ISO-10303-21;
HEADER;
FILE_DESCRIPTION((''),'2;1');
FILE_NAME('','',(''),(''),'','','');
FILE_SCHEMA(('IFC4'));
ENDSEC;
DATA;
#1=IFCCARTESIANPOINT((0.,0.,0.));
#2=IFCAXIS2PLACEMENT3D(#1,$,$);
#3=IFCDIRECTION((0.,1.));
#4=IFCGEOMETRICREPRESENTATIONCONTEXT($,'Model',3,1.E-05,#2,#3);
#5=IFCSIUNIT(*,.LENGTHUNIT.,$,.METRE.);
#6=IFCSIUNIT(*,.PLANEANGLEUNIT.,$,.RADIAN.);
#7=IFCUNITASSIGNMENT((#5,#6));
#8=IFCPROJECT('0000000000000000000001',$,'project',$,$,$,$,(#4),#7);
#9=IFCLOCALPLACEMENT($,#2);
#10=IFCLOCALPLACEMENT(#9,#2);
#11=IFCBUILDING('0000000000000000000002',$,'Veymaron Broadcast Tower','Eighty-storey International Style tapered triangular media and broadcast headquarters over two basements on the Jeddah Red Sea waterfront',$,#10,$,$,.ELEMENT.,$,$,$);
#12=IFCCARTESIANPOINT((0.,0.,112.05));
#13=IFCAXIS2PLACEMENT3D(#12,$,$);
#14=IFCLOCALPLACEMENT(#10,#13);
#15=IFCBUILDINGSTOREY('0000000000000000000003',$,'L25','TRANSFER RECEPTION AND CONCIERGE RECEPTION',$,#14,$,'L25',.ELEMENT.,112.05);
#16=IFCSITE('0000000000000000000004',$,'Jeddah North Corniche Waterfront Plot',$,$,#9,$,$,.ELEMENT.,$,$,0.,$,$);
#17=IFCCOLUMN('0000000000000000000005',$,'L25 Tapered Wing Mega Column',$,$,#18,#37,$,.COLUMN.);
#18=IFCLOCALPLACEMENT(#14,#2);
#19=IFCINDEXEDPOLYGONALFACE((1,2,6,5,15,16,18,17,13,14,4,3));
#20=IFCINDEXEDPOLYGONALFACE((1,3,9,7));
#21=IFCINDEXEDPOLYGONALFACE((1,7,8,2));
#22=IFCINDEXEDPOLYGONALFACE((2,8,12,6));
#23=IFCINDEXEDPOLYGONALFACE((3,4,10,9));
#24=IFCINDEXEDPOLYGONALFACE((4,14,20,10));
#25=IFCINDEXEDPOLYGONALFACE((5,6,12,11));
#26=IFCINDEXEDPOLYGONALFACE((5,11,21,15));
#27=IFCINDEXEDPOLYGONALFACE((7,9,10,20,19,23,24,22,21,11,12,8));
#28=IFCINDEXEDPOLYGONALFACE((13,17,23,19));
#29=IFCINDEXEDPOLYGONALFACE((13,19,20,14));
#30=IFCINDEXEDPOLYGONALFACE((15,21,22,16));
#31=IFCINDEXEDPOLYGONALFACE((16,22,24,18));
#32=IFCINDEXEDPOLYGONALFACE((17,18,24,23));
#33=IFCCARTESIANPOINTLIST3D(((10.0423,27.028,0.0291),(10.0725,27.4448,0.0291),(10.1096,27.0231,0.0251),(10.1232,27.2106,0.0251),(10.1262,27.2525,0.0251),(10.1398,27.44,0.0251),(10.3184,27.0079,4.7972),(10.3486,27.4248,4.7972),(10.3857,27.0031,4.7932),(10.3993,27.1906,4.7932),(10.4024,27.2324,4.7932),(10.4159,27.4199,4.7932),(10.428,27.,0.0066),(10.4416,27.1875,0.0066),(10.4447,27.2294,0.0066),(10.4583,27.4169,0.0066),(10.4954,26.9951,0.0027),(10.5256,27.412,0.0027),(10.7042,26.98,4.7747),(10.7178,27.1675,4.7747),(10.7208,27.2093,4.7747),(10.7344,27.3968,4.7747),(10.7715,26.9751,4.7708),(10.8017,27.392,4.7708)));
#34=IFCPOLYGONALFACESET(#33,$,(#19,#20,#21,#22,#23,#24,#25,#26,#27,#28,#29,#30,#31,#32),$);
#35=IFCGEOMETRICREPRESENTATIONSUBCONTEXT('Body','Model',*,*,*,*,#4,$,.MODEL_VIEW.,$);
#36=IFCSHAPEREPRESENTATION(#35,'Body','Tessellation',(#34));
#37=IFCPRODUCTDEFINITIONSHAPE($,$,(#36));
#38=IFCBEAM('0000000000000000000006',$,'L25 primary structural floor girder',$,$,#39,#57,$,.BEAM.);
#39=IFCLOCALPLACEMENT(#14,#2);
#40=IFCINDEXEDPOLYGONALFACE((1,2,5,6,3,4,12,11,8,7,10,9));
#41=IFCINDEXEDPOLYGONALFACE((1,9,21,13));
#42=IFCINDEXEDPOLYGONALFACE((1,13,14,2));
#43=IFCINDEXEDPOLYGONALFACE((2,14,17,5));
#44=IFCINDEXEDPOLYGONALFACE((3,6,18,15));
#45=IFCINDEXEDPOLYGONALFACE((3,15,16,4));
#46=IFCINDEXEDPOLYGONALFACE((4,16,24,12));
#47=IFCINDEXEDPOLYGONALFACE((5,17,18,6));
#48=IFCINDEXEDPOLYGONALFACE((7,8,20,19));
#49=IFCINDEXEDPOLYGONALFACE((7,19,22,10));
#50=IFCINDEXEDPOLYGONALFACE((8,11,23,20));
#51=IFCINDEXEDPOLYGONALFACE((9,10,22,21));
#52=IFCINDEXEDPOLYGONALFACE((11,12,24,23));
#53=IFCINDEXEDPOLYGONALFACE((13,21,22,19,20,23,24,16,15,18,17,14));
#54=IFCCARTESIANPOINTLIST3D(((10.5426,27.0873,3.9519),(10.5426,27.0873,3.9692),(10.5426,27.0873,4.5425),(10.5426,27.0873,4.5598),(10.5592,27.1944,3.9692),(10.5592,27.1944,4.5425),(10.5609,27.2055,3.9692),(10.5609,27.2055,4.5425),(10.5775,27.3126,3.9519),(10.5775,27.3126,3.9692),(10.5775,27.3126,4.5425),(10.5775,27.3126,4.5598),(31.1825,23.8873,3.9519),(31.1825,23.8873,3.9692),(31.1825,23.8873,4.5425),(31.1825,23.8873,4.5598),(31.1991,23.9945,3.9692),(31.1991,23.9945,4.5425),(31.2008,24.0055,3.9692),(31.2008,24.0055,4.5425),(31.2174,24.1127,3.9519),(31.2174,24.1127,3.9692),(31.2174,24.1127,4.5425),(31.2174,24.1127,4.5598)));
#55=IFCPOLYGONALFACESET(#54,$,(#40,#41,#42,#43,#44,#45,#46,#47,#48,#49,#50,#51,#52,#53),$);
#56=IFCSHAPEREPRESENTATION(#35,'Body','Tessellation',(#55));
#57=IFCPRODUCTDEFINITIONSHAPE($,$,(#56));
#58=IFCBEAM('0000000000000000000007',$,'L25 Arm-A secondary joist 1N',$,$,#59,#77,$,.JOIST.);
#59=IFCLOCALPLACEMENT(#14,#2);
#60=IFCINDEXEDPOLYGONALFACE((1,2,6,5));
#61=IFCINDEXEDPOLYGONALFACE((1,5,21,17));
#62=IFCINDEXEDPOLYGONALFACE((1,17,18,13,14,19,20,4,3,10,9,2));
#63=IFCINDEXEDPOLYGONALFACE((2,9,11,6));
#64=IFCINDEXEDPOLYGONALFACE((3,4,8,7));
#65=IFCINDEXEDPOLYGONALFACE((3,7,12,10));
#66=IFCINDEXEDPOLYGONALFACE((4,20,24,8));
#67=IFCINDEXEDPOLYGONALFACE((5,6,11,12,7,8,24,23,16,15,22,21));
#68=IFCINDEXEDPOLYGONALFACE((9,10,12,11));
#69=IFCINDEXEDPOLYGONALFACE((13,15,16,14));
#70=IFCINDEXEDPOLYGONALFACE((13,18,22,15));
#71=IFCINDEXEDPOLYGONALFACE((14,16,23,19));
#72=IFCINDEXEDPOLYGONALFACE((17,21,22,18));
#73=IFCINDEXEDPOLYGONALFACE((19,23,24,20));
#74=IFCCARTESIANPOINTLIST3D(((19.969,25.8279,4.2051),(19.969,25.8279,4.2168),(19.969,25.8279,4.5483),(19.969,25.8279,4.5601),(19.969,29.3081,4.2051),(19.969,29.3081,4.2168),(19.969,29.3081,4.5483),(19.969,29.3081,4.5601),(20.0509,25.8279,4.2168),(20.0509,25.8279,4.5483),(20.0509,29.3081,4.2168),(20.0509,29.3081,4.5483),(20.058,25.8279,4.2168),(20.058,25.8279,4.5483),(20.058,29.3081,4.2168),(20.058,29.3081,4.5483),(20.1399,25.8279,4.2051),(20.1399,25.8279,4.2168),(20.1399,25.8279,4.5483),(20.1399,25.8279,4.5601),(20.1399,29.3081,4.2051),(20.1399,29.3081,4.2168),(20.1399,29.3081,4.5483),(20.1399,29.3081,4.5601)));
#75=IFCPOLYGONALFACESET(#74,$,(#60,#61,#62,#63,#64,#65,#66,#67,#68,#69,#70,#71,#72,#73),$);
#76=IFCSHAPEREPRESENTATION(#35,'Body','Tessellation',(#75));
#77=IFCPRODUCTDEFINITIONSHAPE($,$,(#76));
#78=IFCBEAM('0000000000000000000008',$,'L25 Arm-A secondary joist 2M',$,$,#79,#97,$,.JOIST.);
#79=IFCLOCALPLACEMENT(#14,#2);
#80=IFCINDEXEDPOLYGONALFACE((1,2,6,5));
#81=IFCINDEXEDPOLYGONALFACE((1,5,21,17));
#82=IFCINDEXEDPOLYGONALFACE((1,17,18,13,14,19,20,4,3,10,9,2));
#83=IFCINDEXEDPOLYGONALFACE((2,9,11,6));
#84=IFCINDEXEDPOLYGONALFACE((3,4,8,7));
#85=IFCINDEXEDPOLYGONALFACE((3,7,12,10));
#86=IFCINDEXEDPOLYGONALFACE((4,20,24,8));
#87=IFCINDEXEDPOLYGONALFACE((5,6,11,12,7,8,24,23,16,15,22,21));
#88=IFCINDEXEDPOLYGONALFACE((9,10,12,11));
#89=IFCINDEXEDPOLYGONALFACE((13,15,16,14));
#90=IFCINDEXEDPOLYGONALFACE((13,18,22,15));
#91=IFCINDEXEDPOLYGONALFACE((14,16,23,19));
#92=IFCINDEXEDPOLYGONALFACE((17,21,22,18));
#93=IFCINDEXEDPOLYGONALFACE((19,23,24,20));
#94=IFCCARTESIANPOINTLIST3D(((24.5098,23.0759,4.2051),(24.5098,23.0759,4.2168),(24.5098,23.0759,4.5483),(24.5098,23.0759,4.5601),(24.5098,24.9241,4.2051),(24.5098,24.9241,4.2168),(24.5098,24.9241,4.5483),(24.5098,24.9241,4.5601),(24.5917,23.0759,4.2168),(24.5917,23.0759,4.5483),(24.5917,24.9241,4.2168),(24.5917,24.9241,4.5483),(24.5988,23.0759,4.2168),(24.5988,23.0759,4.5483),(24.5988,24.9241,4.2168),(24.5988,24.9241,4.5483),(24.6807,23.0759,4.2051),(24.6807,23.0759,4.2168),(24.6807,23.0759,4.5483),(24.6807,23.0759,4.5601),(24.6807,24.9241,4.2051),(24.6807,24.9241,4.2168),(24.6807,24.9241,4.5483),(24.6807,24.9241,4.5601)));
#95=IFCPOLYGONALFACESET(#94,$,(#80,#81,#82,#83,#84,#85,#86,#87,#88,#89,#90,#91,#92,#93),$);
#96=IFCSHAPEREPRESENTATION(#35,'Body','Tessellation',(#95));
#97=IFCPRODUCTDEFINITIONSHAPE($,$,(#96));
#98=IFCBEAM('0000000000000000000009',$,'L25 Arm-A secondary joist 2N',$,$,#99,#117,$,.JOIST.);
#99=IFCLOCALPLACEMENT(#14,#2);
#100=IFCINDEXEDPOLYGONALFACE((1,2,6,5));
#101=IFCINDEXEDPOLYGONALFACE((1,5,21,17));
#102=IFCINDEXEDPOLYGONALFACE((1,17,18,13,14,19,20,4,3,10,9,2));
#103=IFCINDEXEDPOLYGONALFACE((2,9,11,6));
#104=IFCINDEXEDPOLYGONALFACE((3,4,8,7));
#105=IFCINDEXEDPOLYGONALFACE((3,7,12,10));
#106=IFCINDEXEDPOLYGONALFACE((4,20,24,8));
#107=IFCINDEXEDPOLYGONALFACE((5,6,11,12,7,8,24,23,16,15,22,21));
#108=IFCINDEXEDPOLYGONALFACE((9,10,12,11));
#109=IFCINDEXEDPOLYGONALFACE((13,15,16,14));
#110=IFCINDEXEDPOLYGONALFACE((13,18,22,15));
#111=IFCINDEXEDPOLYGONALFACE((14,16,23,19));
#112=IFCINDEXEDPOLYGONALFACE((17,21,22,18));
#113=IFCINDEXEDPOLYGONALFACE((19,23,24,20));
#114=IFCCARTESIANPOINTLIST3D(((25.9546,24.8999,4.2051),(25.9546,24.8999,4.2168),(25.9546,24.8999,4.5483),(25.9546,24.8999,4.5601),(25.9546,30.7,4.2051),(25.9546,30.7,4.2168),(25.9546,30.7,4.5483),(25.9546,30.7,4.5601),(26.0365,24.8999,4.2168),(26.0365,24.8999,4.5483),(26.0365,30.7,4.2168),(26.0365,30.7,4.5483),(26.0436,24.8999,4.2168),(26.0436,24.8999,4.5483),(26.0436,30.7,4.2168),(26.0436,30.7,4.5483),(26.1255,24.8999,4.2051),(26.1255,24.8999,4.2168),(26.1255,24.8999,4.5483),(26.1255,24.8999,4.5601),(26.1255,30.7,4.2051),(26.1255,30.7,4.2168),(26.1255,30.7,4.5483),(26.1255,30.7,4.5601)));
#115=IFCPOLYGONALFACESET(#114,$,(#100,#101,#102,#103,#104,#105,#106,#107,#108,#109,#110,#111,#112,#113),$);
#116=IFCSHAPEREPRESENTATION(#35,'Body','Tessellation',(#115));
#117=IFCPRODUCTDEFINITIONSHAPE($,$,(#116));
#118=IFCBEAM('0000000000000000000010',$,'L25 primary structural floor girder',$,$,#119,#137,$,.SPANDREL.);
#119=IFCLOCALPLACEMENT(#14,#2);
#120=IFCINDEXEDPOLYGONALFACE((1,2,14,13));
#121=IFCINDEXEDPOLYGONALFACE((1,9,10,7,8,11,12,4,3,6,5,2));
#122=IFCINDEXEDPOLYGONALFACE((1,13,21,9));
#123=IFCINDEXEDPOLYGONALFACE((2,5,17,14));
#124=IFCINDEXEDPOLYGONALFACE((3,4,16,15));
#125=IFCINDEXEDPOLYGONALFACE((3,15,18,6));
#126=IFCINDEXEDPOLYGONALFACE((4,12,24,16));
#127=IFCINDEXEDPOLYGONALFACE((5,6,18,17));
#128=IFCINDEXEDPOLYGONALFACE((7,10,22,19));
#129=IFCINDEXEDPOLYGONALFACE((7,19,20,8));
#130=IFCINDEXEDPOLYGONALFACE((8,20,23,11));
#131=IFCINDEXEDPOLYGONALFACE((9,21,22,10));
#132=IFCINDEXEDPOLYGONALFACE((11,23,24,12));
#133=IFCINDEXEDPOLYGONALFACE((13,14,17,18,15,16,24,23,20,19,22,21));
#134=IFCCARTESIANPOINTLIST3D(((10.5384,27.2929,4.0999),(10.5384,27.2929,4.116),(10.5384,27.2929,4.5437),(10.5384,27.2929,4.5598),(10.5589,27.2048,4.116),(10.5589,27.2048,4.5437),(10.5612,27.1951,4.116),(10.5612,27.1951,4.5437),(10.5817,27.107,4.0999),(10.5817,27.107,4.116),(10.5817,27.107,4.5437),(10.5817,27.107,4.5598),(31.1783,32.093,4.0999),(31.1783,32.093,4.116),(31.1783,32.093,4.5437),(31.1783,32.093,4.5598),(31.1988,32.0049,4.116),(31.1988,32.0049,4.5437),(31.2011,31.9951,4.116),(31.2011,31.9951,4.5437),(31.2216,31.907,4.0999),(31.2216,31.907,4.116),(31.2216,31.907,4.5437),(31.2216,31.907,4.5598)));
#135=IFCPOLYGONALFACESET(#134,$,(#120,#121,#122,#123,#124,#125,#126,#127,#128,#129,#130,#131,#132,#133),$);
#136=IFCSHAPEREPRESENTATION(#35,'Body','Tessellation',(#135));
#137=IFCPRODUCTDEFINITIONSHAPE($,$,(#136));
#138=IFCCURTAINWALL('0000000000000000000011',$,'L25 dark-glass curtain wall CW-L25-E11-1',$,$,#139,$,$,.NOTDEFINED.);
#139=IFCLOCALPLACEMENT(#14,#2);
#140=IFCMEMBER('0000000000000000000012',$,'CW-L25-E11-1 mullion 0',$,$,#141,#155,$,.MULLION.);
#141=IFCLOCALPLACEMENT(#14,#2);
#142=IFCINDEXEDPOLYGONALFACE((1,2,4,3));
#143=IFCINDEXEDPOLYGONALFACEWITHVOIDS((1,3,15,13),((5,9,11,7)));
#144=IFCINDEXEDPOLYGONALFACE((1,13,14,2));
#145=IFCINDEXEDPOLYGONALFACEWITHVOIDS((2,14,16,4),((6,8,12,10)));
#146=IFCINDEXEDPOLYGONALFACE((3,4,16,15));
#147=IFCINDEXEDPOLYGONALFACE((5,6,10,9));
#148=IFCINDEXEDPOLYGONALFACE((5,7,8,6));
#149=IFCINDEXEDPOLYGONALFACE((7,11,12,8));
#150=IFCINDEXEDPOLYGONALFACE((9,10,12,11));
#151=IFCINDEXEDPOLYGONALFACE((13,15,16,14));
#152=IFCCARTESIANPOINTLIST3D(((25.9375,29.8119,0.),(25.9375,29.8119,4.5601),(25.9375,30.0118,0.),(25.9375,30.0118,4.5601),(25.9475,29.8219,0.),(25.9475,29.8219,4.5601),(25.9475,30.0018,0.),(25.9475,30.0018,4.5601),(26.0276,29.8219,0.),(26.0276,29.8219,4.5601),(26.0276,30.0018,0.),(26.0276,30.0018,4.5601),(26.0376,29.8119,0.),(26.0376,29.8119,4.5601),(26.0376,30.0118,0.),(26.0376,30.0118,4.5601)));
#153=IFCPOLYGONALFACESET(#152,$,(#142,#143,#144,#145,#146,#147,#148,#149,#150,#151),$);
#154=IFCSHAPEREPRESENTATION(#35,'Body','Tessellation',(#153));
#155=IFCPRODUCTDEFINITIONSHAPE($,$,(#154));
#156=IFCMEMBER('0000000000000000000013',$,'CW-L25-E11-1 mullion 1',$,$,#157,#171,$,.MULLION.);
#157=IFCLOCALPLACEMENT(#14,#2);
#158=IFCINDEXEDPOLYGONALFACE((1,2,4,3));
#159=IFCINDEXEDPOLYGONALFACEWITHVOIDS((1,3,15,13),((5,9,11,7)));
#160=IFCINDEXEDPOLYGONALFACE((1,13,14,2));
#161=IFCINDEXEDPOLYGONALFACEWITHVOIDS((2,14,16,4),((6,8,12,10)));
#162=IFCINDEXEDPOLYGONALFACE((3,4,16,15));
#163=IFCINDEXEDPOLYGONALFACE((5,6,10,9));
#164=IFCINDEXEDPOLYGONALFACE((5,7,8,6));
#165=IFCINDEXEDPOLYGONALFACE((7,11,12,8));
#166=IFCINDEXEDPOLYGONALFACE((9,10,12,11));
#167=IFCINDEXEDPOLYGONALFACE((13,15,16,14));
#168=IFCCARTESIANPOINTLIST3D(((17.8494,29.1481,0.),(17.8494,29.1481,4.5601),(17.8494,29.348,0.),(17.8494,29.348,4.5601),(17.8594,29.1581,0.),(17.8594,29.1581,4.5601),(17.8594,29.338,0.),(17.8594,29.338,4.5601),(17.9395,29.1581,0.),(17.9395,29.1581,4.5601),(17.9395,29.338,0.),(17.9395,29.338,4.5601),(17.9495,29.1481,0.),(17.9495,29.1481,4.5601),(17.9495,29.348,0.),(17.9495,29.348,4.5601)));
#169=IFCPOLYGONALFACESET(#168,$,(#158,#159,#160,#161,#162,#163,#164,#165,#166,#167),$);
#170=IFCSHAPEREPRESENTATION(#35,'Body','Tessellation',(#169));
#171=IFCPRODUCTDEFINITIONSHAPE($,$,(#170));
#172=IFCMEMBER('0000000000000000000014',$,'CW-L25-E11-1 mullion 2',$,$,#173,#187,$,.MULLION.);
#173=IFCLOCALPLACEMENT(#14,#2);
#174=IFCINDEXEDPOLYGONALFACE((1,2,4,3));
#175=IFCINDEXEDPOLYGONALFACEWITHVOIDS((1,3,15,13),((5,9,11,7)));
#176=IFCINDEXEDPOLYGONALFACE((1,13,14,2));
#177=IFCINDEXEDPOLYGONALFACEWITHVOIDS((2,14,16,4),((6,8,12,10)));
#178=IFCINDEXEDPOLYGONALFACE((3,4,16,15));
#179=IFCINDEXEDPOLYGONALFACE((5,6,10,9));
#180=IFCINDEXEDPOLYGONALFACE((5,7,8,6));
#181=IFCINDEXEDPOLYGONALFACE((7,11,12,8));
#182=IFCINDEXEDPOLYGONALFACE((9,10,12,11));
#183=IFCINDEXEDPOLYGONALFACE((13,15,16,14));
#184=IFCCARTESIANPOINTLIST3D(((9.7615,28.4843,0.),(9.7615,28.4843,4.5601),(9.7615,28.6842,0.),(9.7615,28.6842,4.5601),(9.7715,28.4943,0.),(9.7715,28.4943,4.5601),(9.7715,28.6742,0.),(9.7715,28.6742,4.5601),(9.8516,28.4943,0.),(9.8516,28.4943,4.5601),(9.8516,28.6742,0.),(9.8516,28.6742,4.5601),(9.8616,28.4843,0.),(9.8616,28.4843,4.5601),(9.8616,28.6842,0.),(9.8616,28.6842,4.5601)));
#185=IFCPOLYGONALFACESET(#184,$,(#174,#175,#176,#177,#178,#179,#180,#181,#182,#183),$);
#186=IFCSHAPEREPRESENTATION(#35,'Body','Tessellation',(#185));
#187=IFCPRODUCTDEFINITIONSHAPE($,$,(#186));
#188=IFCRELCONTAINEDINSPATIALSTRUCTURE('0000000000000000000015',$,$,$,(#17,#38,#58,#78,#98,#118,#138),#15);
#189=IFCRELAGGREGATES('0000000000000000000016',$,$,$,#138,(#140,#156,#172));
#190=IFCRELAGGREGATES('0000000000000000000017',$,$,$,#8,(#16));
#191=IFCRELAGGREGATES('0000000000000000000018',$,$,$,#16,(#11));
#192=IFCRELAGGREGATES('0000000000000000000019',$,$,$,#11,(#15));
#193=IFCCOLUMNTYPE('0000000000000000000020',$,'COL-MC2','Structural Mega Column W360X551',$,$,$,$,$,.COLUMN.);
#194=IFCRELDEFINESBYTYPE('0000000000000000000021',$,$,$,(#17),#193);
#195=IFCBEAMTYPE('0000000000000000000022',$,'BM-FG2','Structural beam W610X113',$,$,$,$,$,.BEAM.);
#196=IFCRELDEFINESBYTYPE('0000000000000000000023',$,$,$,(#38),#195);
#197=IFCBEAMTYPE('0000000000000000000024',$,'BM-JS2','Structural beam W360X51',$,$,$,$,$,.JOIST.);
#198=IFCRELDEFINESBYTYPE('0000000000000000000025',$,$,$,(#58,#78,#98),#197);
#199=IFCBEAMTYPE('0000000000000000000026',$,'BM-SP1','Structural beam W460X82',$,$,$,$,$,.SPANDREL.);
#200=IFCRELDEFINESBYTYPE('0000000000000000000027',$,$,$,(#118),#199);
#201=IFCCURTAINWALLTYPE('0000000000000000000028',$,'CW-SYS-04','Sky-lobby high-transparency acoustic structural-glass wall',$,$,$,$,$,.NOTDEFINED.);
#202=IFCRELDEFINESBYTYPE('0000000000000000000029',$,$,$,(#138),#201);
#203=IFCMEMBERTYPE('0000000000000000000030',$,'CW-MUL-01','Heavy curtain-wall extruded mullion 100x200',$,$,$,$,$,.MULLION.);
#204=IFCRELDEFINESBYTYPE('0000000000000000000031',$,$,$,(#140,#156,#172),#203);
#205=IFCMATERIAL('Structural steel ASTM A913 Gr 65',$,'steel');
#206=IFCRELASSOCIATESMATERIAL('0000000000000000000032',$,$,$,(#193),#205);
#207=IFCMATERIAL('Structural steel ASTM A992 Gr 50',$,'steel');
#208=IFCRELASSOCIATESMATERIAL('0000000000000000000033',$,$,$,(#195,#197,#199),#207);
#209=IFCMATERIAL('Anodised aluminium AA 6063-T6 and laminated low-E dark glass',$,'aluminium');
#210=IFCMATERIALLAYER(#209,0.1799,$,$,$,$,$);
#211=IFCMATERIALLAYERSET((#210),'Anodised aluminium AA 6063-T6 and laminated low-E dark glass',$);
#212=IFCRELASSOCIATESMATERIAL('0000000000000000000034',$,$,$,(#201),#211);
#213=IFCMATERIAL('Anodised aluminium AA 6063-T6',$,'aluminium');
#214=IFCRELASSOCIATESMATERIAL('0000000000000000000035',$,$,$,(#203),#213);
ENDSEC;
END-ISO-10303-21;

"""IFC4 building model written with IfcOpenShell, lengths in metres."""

from ifc_helpers import new_model, si_unit, direction, frame, origin, origin_2d, place, context, subcontext, project, spatial, hollow_rectangle, i_section, extrude, material, layer, layer_set, material_profile, profile_set, type_object, element, aggregate, save


model = new_model("IFC4")

# Units and contexts
model_context = context("Model", 3, precision=1e-05, world=origin(), true_north=direction((0.0, 1.0)))
body_context = subcontext(model_context, "Body", "Model", "MODEL_VIEW")
ifc_project = project(units=[si_unit("LENGTHUNIT", "METRE"), si_unit("PLANEANGLEUNIT", "RADIAN")], contexts=[model_context])

# Site, building, storey
site_placement = place(None, origin())
site = spatial("IfcSite", under=ifc_project, at=site_placement, Name="Jeddah North Corniche Waterfront Plot", CompositionType="ELEMENT", RefElevation=0.0)
building_placement = place(site_placement, origin())
building = spatial("IfcBuilding", under=site, at=building_placement, Name="Veymaron Broadcast Tower", Description="Eighty-storey International Style tapered triangular media and broadcast headquarters over two basements on the Jeddah Red Sea waterfront", CompositionType="ELEMENT")
storey_placement = place(building_placement, frame((0.0, 0.0, 112.05)))
storey = spatial("IfcBuildingStorey", under=building, at=storey_placement, Name="L25", Description="TRANSFER RECEPTION AND CONCIERGE RECEPTION", LongName="L25", CompositionType="ELEMENT", Elevation=112.05)

# Column
ifc_material_1 = material(Name="Structural steel ASTM A913 Gr 65", Category="steel")
ifc_material_profile_1 = material_profile(ifc_material_1, i_section(OverallWidth=0.418, OverallDepth=0.4551, WebThickness=0.042, FlangeThickness=0.0676, at=origin_2d()), Name="W360X551")
ifc_profile_set_1 = profile_set([ifc_material_profile_1], Name="Structural steel ASTM A913 Gr 65")
column_type = type_object("IfcColumnType", Name="COL-MC2", Description="Structural Mega Column W360X551", PredefinedType="COLUMN", material=ifc_profile_set_1)
column_placement = place(storey_placement, frame((10.2839, 27.22, 0.0159), z_axis=(0.057814, -0.004192, 0.998319), x_axis=(0.072312, 0.997382, 0.0)))
element("IfcColumn", 1, at=column_placement, inside=storey, type_object=column_type, Name="L25 Tapered Wing Mega Column", PredefinedType="COLUMN", context=body_context, shape_type="SweptSolid", body=[
    extrude(i_section(OverallWidth=0.418, OverallDepth=0.4551, WebThickness=0.042, FlangeThickness=0.0676, at=origin_2d()), origin(), (0.0, 0.0, 1.0), 4.7761),
])

# Beams
ifc_material_2 = material(Name="Structural steel ASTM A992 Gr 50", Category="steel")
ifc_material_profile_2 = material_profile(ifc_material_2, i_section(OverallWidth=0.228, OverallDepth=0.6079, WebThickness=0.0112, FlangeThickness=0.0173, at=origin_2d()), Name="W610X113")
ifc_profile_set_2 = profile_set([ifc_material_profile_2], Name="Structural steel ASTM A992 Gr 50")
beam_type_1 = type_object("IfcBeamType", Name="BM-FG2", Description="Structural beam W610X113", PredefinedType="BEAM", material=ifc_profile_set_2)
beam_1_placement = place(storey_placement, frame((10.5601, 27.2, 4.2559), z_axis=(0.988194, -0.153207, 0.0), x_axis=(0.153207, 0.988194, 0.0)))
element("IfcBeam", 2, at=beam_1_placement, inside=storey, type_object=beam_type_1, Name="L25 primary structural floor girder", PredefinedType="BEAM", context=body_context, shape_type="SweptSolid", body=[
    extrude(i_section(OverallWidth=0.228, OverallDepth=0.6079, WebThickness=0.0112, FlangeThickness=0.0173, at=origin_2d()), origin(), (0.0, 0.0, 1.0), 20.8865),
])
ifc_material_profile_3 = material_profile(ifc_material_2, i_section(OverallWidth=0.1709, OverallDepth=0.355, WebThickness=0.0071, FlangeThickness=0.0117, at=origin_2d()), Name="W360X51")
ifc_profile_set_3 = profile_set([ifc_material_profile_3], Name="Structural steel ASTM A992 Gr 50")
beam_type_2 = type_object("IfcBeamType", Name="BM-JS2", Description="Structural beam W360X51", PredefinedType="JOIST", material=ifc_profile_set_3)
beam_2_placement = place(storey_placement, frame((20.0544, 25.8279, 4.3826), z_axis=(0.0, 1.0, 0.0), x_axis=(-1.0, 0.0, 0.0)))
element("IfcBeam", 3, at=beam_2_placement, inside=storey, type_object=beam_type_2, Name="L25 Arm-A secondary joist 1N", PredefinedType="JOIST", context=body_context, shape_type="SweptSolid", body=[
    extrude(i_section(OverallWidth=0.1709, OverallDepth=0.355, WebThickness=0.0071, FlangeThickness=0.0117, at=origin_2d()), origin(), (0.0, 0.0, 1.0), 3.4802),
])
beam_3_placement = place(storey_placement, frame((24.5952, 23.0759, 4.3826), z_axis=(0.0, 1.0, 0.0), x_axis=(-1.0, 0.0, 0.0)))
element("IfcBeam", 4, at=beam_3_placement, inside=storey, type_object=beam_type_2, Name="L25 Arm-A secondary joist 2M", PredefinedType="JOIST", context=body_context, shape_type="SweptSolid", body=[
    extrude(i_section(OverallWidth=0.1709, OverallDepth=0.355, WebThickness=0.0071, FlangeThickness=0.0117, at=origin_2d()), origin(), (0.0, 0.0, 1.0), 1.8481),
])
beam_4_placement = place(storey_placement, frame((26.04, 24.8999, 4.3826), z_axis=(0.0, 1.0, 0.0), x_axis=(-1.0, 0.0, 0.0)))
element("IfcBeam", 5, at=beam_4_placement, inside=storey, type_object=beam_type_2, Name="L25 Arm-A secondary joist 2N", PredefinedType="JOIST", context=body_context, shape_type="SweptSolid", body=[
    extrude(i_section(OverallWidth=0.1709, OverallDepth=0.355, WebThickness=0.0071, FlangeThickness=0.0117, at=origin_2d()), origin(), (0.0, 0.0, 1.0), 5.8),
])
ifc_material_profile_4 = material_profile(ifc_material_2, i_section(OverallWidth=0.1909, OverallDepth=0.46, WebThickness=0.01, FlangeThickness=0.0161, at=origin_2d()), Name="W460X82")
ifc_profile_set_4 = profile_set([ifc_material_profile_4], Name="Structural steel ASTM A992 Gr 50")
beam_type_3 = type_object("IfcBeamType", Name="BM-SP1", Description="Structural beam W460X82", PredefinedType="SPANDREL", material=ifc_profile_set_4)
beam_5_placement = place(storey_placement, frame((10.5601, 27.2, 4.3298), z_axis=(0.974007, 0.226517, 0.0), x_axis=(-0.226517, 0.974007, 0.0)))
element("IfcBeam", 6, at=beam_5_placement, inside=storey, type_object=beam_type_3, Name="L25 primary structural floor girder", PredefinedType="SPANDREL", context=body_context, shape_type="SweptSolid", body=[
    extrude(i_section(OverallWidth=0.1909, OverallDepth=0.46, WebThickness=0.01, FlangeThickness=0.0161, at=origin_2d()), origin(), (0.0, 0.0, 1.0), 21.1907),
])

# Curtain wall, members
ifc_material_3 = material(Name="Anodised aluminium AA 6063-T6 and laminated low-E dark glass", Category="aluminium")
ifc_layer_1 = layer(ifc_material_3, 0.1799)
ifc_layer_set_1 = layer_set([ifc_layer_1], Name="Anodised aluminium AA 6063-T6 and laminated low-E dark glass")
curtain_wall_type = type_object("IfcCurtainWallType", Name="CW-SYS-04", Description="Sky-lobby high-transparency acoustic structural-glass wall", PredefinedType="NOTDEFINED", material=ifc_layer_set_1)
curtain_wall_placement = place(storey_placement, origin())
curtain_wall = element("IfcCurtainWall", 7, at=curtain_wall_placement, inside=storey, type_object=curtain_wall_type, Name="L25 dark-glass curtain wall CW-L25-E11-1", PredefinedType="NOTDEFINED")
ifc_material_4 = material(Name="Anodised aluminium AA 6063-T6", Category="aluminium")
ifc_material_profile_5 = material_profile(ifc_material_4, hollow_rectangle(XDim=0.1001, YDim=0.2, WallThickness=0.01, at=origin_2d()), Name="RHS200X100X10")
ifc_profile_set_5 = profile_set([ifc_material_profile_5], Name="Anodised aluminium AA 6063-T6")
member_type_1 = type_object("IfcMemberType", Name="CW-MUL-01", Description="Heavy curtain-wall extruded mullion 100x200", PredefinedType="MULLION", material=ifc_profile_set_5)
member_1_placement = place(storey_placement, frame((25.9875, 29.9119, 0.0), z_axis=(0.0, 0.0, 1.0), x_axis=(1.0, 0.0, 0.0)))
member_1 = element("IfcMember", 8, at=member_1_placement, type_object=member_type_1, Name="CW-L25-E11-1 mullion 0", PredefinedType="MULLION", context=body_context, shape_type="SweptSolid", body=[
    extrude(hollow_rectangle(XDim=0.1001, YDim=0.2, WallThickness=0.01, at=origin_2d()), origin(), (0.0, 0.0, 1.0), 4.5601),
])
member_2_placement = place(storey_placement, frame((17.8994, 29.248, 0.0), z_axis=(0.0, 0.0, 1.0), x_axis=(1.0, 0.0, 0.0)))
member_2 = element("IfcMember", 9, at=member_2_placement, type_object=member_type_1, Name="CW-L25-E11-1 mullion 1", PredefinedType="MULLION", context=body_context, shape_type="SweptSolid", body=[
    extrude(hollow_rectangle(XDim=0.1001, YDim=0.2, WallThickness=0.01, at=origin_2d()), origin(), (0.0, 0.0, 1.0), 4.5601),
])
member_3_placement = place(storey_placement, frame((9.8115, 28.5842, 0.0), z_axis=(0.0, 0.0, 1.0), x_axis=(1.0, 0.0, 0.0)))
member_3 = element("IfcMember", 10, at=member_3_placement, type_object=member_type_1, Name="CW-L25-E11-1 mullion 2", PredefinedType="MULLION", context=body_context, shape_type="SweptSolid", body=[
    extrude(hollow_rectangle(XDim=0.1001, YDim=0.2, WallThickness=0.01, at=origin_2d()), origin(), (0.0, 0.0, 1.0), 4.5601),
])
aggregate(curtain_wall, [member_1, member_2, member_3])

save(model, "model.ifc")
